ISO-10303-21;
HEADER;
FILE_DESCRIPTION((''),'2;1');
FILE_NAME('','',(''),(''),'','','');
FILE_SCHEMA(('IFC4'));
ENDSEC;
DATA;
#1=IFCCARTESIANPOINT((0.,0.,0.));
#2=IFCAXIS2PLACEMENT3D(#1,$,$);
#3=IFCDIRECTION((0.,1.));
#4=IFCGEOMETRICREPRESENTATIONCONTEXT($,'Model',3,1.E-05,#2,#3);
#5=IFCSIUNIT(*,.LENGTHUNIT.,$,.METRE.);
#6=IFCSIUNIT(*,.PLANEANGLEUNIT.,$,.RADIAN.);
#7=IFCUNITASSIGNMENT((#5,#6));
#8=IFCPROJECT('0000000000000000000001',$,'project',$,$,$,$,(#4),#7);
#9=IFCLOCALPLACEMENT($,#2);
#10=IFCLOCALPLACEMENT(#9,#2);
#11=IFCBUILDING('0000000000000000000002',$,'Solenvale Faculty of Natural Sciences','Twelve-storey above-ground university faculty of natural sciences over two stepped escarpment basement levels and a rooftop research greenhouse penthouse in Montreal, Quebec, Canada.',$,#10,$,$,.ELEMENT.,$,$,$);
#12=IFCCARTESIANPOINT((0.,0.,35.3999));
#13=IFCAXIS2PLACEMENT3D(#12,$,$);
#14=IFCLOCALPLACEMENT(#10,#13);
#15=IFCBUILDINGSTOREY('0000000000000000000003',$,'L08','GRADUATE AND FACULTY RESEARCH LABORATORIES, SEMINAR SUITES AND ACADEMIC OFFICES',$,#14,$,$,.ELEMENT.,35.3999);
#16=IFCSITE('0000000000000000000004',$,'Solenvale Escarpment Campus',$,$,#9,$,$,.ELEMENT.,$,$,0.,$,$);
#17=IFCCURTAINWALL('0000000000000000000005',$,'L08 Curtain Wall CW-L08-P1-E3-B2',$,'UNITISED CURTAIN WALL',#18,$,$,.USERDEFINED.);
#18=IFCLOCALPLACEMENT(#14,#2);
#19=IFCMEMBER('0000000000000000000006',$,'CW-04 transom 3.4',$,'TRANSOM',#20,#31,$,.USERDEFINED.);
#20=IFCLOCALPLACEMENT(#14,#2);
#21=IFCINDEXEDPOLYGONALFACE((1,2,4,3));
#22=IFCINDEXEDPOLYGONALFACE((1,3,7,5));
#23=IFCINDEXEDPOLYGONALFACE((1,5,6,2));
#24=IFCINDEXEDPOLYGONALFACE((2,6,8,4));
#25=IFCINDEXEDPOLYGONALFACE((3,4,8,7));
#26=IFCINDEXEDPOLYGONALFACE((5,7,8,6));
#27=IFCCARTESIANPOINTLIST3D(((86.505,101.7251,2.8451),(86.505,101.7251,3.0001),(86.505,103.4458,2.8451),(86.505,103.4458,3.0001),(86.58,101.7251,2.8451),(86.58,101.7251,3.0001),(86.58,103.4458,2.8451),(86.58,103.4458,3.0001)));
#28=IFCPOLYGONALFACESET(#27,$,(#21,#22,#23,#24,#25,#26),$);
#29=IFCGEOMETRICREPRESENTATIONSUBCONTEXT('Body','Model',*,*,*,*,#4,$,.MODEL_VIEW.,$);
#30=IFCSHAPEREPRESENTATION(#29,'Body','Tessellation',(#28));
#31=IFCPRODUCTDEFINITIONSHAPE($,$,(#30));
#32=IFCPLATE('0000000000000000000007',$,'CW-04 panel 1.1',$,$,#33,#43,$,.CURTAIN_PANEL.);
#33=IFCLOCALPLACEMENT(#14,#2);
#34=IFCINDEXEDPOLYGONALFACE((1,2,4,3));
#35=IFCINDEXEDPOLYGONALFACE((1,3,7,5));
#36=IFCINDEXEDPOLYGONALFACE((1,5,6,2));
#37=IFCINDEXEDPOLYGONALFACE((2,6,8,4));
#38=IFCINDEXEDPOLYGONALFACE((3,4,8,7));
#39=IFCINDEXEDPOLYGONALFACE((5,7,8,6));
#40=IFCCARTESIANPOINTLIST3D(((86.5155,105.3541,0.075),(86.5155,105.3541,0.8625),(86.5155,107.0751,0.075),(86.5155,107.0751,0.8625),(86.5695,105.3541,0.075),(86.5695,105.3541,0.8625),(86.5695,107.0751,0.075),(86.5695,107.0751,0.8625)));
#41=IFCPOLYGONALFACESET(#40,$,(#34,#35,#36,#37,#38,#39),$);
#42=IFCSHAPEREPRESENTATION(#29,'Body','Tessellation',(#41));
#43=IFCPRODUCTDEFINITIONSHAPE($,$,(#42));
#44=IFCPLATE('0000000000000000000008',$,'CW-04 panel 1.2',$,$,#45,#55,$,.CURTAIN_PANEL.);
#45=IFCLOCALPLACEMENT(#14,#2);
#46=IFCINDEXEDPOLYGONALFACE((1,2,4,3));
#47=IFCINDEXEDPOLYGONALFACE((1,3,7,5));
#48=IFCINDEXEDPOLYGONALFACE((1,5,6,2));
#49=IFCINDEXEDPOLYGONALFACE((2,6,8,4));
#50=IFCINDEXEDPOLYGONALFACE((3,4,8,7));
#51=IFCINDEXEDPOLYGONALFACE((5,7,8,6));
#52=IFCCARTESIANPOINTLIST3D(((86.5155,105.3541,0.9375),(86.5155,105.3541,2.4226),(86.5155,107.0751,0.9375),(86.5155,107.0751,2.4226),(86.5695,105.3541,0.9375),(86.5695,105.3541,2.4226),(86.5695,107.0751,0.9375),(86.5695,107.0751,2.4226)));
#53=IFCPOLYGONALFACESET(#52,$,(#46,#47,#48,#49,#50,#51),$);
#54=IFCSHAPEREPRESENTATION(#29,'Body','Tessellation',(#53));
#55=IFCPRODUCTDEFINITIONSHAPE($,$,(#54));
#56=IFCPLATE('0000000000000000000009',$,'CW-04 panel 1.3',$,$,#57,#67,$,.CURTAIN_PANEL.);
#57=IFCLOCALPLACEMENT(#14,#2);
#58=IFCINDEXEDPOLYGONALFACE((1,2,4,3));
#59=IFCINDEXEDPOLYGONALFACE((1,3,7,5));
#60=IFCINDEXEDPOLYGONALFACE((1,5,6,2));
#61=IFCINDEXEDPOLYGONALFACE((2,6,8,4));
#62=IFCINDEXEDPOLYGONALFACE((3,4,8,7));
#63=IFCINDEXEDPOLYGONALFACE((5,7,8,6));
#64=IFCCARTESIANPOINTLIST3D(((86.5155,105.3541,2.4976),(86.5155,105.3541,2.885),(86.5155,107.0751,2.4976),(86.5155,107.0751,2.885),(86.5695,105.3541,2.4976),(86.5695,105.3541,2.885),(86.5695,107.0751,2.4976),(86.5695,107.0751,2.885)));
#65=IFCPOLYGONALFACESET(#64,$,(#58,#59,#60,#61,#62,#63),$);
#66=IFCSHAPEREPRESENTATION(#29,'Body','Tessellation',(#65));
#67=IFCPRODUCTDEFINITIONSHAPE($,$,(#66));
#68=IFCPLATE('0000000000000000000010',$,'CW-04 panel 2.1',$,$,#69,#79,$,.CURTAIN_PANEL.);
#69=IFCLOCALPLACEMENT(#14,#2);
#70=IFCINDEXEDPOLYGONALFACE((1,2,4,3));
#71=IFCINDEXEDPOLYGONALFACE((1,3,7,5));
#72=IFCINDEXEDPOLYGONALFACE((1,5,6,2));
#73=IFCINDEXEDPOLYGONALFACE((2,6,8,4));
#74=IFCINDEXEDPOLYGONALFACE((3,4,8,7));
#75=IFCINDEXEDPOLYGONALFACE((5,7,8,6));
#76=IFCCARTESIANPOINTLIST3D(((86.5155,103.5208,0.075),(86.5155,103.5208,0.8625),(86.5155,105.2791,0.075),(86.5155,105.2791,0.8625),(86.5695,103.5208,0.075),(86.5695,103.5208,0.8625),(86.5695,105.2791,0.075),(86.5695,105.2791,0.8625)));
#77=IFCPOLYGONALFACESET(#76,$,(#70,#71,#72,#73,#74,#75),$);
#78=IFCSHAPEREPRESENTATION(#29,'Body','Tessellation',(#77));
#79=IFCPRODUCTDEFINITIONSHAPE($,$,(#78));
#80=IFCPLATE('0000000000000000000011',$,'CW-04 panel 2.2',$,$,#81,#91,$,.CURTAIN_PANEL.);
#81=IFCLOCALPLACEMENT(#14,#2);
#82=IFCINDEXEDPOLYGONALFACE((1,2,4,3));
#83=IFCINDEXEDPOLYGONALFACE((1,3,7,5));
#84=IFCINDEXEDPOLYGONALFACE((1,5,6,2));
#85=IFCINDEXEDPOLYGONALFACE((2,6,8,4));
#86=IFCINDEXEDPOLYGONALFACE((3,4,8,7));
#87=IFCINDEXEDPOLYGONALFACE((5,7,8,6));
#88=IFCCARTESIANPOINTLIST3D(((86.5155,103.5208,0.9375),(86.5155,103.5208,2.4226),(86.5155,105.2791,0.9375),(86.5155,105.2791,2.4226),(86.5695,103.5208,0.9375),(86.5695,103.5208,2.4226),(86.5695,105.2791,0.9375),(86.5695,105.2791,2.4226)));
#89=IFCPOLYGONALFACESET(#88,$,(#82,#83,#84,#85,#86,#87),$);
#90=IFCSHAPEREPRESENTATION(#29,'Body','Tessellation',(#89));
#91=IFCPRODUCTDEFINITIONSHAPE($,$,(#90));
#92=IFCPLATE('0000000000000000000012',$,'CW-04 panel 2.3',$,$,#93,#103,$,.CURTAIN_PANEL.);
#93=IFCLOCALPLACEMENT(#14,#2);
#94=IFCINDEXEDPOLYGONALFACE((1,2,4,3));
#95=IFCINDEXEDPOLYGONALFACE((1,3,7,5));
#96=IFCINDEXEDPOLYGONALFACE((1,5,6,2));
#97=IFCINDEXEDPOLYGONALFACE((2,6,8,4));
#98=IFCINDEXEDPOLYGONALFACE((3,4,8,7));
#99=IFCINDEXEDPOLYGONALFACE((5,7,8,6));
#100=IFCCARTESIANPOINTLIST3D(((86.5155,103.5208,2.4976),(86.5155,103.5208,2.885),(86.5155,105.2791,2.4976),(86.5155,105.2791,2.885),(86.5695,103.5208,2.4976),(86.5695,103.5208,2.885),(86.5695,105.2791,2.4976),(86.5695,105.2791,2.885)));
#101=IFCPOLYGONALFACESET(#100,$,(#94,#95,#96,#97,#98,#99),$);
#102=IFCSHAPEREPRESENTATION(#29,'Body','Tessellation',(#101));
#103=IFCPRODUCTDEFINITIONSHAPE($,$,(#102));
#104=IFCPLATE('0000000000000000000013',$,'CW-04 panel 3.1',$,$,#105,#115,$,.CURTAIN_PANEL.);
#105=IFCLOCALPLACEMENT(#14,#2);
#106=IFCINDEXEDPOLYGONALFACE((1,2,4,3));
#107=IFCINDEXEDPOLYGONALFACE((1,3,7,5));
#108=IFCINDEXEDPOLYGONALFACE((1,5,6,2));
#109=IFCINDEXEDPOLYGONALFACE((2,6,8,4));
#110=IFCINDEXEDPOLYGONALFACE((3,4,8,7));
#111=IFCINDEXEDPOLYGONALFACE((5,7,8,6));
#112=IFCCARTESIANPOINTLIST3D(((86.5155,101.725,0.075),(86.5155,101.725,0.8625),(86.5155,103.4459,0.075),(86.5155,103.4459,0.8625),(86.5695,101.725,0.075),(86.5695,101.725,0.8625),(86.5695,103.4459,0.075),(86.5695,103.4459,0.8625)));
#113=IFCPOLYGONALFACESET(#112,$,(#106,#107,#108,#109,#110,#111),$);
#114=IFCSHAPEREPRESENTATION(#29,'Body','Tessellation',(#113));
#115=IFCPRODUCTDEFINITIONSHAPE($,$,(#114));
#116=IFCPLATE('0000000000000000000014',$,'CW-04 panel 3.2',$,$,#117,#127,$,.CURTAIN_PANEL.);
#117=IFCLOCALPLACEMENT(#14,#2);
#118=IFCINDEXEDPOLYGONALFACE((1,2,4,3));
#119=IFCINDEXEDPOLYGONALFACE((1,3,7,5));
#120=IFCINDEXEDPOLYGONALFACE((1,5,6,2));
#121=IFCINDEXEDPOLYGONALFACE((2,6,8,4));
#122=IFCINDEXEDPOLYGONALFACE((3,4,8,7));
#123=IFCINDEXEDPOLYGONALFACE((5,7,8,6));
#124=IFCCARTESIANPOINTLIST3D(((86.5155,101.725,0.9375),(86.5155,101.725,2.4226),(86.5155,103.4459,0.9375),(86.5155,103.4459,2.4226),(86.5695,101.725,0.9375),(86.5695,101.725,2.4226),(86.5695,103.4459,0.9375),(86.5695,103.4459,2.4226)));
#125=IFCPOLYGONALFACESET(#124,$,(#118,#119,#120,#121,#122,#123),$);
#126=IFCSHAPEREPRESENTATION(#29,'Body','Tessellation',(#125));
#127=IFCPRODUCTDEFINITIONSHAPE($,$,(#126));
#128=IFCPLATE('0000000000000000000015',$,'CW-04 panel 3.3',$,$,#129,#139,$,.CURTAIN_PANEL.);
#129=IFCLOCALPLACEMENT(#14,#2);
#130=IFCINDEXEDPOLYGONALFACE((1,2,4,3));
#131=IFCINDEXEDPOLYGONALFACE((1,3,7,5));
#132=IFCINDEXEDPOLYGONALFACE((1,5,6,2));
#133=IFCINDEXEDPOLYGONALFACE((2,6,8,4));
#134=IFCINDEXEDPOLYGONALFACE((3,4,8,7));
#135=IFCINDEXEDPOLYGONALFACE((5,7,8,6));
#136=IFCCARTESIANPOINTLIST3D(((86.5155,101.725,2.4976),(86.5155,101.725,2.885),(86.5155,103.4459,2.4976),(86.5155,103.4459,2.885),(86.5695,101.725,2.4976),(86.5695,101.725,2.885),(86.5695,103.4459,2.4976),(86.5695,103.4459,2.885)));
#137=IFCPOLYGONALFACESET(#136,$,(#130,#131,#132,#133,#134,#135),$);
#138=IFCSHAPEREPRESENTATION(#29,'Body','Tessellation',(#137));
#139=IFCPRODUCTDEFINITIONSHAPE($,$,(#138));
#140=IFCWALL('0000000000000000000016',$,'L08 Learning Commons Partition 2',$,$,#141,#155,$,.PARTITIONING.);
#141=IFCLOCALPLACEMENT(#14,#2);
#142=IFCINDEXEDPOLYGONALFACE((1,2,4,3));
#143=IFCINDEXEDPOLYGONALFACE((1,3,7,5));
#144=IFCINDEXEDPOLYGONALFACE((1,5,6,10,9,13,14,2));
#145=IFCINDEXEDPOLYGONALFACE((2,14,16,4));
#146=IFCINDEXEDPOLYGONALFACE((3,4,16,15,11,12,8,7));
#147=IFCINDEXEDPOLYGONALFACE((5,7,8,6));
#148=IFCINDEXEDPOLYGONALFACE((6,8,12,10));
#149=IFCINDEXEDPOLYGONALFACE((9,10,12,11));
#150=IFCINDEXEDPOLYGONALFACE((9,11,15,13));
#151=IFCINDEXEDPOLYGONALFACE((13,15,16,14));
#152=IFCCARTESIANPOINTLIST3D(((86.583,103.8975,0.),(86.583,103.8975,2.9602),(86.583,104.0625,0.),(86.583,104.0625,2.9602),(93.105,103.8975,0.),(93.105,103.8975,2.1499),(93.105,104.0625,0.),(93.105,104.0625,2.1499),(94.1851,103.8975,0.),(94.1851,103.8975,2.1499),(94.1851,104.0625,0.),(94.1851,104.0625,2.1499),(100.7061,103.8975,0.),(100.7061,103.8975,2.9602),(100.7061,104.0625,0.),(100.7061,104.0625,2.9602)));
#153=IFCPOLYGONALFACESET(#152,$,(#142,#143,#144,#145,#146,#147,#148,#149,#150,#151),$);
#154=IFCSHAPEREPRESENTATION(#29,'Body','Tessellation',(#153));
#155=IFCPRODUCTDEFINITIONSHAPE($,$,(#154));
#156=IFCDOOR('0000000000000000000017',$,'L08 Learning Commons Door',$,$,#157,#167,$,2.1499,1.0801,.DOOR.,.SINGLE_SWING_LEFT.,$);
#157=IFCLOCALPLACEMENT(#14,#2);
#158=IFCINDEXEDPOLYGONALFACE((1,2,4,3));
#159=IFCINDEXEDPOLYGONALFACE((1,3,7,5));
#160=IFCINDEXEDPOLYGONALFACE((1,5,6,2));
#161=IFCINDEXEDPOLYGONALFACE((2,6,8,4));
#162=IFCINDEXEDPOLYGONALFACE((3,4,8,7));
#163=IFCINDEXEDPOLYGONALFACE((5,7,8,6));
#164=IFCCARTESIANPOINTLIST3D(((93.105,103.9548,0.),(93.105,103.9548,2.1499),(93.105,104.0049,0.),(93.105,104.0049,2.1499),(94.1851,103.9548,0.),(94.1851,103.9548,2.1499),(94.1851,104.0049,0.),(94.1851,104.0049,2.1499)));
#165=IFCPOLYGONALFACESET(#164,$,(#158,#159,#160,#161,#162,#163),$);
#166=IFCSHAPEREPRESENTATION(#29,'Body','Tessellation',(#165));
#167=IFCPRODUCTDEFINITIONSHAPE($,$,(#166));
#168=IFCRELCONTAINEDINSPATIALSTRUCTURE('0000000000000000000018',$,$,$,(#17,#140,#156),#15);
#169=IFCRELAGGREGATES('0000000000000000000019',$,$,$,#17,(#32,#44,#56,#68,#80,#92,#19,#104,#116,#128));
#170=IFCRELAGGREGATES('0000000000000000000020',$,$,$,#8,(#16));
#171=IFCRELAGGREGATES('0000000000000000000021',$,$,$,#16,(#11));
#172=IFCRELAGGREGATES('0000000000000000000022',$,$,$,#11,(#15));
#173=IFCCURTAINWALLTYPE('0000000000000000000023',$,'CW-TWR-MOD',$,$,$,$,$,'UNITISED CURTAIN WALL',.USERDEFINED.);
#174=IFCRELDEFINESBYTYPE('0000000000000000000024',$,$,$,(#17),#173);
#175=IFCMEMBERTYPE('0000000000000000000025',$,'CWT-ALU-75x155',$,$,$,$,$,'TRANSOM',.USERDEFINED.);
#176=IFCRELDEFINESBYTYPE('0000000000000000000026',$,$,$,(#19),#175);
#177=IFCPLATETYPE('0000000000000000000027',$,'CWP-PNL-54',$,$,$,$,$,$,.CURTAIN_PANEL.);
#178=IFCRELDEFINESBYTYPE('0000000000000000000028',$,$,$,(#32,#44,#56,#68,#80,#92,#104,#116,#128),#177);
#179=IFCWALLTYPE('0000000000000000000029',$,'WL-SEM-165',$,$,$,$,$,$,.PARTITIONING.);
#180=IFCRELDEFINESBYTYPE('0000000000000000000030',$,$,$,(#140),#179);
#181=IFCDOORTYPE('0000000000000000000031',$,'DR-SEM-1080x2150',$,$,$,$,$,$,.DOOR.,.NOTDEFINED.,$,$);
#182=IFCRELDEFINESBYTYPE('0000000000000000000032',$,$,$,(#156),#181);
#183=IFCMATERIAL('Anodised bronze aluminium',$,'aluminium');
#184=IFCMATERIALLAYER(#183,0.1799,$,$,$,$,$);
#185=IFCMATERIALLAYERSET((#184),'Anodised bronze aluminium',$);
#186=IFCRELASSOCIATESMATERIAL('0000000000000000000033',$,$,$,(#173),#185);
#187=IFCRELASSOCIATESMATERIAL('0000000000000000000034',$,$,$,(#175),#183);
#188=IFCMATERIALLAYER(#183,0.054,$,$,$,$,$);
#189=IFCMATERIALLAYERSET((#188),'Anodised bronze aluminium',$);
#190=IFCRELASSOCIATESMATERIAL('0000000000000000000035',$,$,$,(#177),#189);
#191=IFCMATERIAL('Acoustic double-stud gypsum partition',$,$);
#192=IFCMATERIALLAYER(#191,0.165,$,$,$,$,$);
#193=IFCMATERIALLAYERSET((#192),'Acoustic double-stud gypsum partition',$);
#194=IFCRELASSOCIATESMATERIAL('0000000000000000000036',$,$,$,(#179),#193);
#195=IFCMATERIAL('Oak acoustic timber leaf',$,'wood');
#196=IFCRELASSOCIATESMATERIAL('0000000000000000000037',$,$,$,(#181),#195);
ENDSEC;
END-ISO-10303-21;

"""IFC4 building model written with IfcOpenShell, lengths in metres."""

from ifc_helpers import new_model, si_unit, direction, frame, frame_2d, origin, origin_2d, place, context, subcontext, project, spatial, rectangle, extrude, material, layer, layer_set, material_profile, profile_set, type_object, element, fill, aggregate, save


model = new_model("IFC4")

# Units and contexts
model_context = context("Model", 3, precision=1e-05, world=origin(), true_north=direction((0.0, 1.0)))
body_context = subcontext(model_context, "Body", "Model", "MODEL_VIEW")
ifc_project = project(units=[si_unit("LENGTHUNIT", "METRE"), si_unit("PLANEANGLEUNIT", "RADIAN")], contexts=[model_context])

# Site, building, storey
site_placement = place(None, origin())
site = spatial("IfcSite", under=ifc_project, at=site_placement, Name="Solenvale Escarpment Campus", CompositionType="ELEMENT", RefElevation=0.0)
building_placement = place(site_placement, origin())
building = spatial("IfcBuilding", under=site, at=building_placement, Name="Solenvale Faculty of Natural Sciences", Description="Twelve-storey above-ground university faculty of natural sciences over two stepped escarpment basement levels and a rooftop research greenhouse penthouse in Montreal, Quebec, Canada.", CompositionType="ELEMENT")
storey_placement = place(building_placement, frame((0.0, 0.0, 35.3999)))
storey = spatial("IfcBuildingStorey", under=building, at=storey_placement, Name="L08", Description="GRADUATE AND FACULTY RESEARCH LABORATORIES, SEMINAR SUITES AND ACADEMIC OFFICES", CompositionType="ELEMENT", Elevation=35.3999)

# Curtain wall, member, plates
ifc_material_1 = material(Name="Anodised bronze aluminium", Category="aluminium")
ifc_layer_1 = layer(ifc_material_1, 0.1799)
ifc_layer_set_1 = layer_set([ifc_layer_1], Name="Anodised bronze aluminium")
curtain_wall_type = type_object("IfcCurtainWallType", Name="CW-TWR-MOD", ElementType="UNITISED CURTAIN WALL", PredefinedType="USERDEFINED", material=ifc_layer_set_1)
curtain_wall_placement = place(storey_placement, origin())
curtain_wall = element("IfcCurtainWall", 1, at=curtain_wall_placement, inside=storey, type_object=curtain_wall_type, Name="L08 Curtain Wall CW-L08-P1-E3-B2", ObjectType="UNITISED CURTAIN WALL", PredefinedType="USERDEFINED")
ifc_material_profile_1 = material_profile(ifc_material_1, rectangle(XDim=0.075, YDim=0.155, at=origin_2d()), Name="ALU-TRN-75x155")
ifc_profile_set_1 = profile_set([ifc_material_profile_1], Name="Anodised bronze aluminium")
member_type_1 = type_object("IfcMemberType", Name="CWT-ALU-75x155", ElementType="TRANSOM", PredefinedType="USERDEFINED", material=ifc_profile_set_1)
member_1_placement = place(storey_placement, frame((86.5425, 103.4458, 2.9226), z_axis=(0.0, -1.0, 0.0), x_axis=(1.0, 0.0, 0.0)))
member_1 = element("IfcMember", 2, at=member_1_placement, type_object=member_type_1, Name="CW-04 transom 3.4", ObjectType="TRANSOM", PredefinedType="USERDEFINED", context=body_context, shape_type="SweptSolid", body=[
    extrude(rectangle(XDim=0.075, YDim=0.155, at=origin_2d()), origin(), (0.0, 0.0, 1.0), 1.7207),
])
ifc_layer_2 = layer(ifc_material_1, 0.054)
ifc_layer_set_2 = layer_set([ifc_layer_2], Name="Anodised bronze aluminium")
plate_type = type_object("IfcPlateType", Name="CWP-PNL-54", PredefinedType="CURTAIN_PANEL", material=ifc_layer_set_2)
plate_1_placement = place(storey_placement, frame((86.5425, 106.2146, 0.075), z_axis=(0.0, 0.0, 1.0), x_axis=(0.0, -1.0, 0.0)))
plate_1 = element("IfcPlate", 3, at=plate_1_placement, type_object=plate_type, Name="CW-04 panel 1.1", PredefinedType="CURTAIN_PANEL", context=body_context, shape_type="SweptSolid", body=[
    extrude(rectangle(XDim=1.7209, YDim=0.054, at=origin_2d()), origin(), (0.0, 0.0, 1.0), 0.7876),
])
plate_2_placement = place(storey_placement, frame((86.5425, 106.2146, 0.9375), z_axis=(0.0, 0.0, 1.0), x_axis=(0.0, -1.0, 0.0)))
plate_2 = element("IfcPlate", 4, at=plate_2_placement, type_object=plate_type, Name="CW-04 panel 1.2", PredefinedType="CURTAIN_PANEL", context=body_context, shape_type="SweptSolid", body=[
    extrude(rectangle(XDim=1.7209, YDim=0.054, at=origin_2d()), origin(), (0.0, 0.0, 1.0), 1.4851),
])
plate_3_placement = place(storey_placement, frame((86.5425, 106.2146, 2.4976), z_axis=(0.0, 0.0, 1.0), x_axis=(0.0, -1.0, 0.0)))
plate_3 = element("IfcPlate", 5, at=plate_3_placement, type_object=plate_type, Name="CW-04 panel 1.3", PredefinedType="CURTAIN_PANEL", context=body_context, shape_type="SweptSolid", body=[
    extrude(rectangle(XDim=1.7209, YDim=0.054, at=origin_2d()), origin(), (0.0, 0.0, 1.0), 0.3875),
])
plate_4_placement = place(storey_placement, frame((86.5425, 104.3999, 0.075), z_axis=(0.0, 0.0, 1.0), x_axis=(0.0, -1.0, 0.0)))
plate_4 = element("IfcPlate", 6, at=plate_4_placement, type_object=plate_type, Name="CW-04 panel 2.1", PredefinedType="CURTAIN_PANEL", context=body_context, shape_type="SweptSolid", body=[
    extrude(rectangle(XDim=1.7583, YDim=0.054, at=origin_2d()), origin(), (0.0, 0.0, 1.0), 0.7876),
])
plate_5_placement = place(storey_placement, frame((86.5425, 104.3999, 0.9375), z_axis=(0.0, 0.0, 1.0), x_axis=(0.0, -1.0, 0.0)))
plate_5 = element("IfcPlate", 7, at=plate_5_placement, type_object=plate_type, Name="CW-04 panel 2.2", PredefinedType="CURTAIN_PANEL", context=body_context, shape_type="SweptSolid", body=[
    extrude(rectangle(XDim=1.7583, YDim=0.054, at=origin_2d()), origin(), (0.0, 0.0, 1.0), 1.4851),
])
plate_6_placement = place(storey_placement, frame((86.5425, 104.3999, 2.4976), z_axis=(0.0, 0.0, 1.0), x_axis=(0.0, -1.0, 0.0)))
plate_6 = element("IfcPlate", 8, at=plate_6_placement, type_object=plate_type, Name="CW-04 panel 2.3", PredefinedType="CURTAIN_PANEL", context=body_context, shape_type="SweptSolid", body=[
    extrude(rectangle(XDim=1.7583, YDim=0.054, at=origin_2d()), origin(), (0.0, 0.0, 1.0), 0.3875),
])
plate_7_placement = place(storey_placement, frame((86.5425, 102.5854, 0.075), z_axis=(0.0, 0.0, 1.0), x_axis=(0.0, -1.0, 0.0)))
plate_7 = element("IfcPlate", 9, at=plate_7_placement, type_object=plate_type, Name="CW-04 panel 3.1", PredefinedType="CURTAIN_PANEL", context=body_context, shape_type="SweptSolid", body=[
    extrude(rectangle(XDim=1.7209, YDim=0.054, at=origin_2d()), origin(), (0.0, 0.0, 1.0), 0.7876),
])
plate_8_placement = place(storey_placement, frame((86.5425, 102.5854, 0.9375), z_axis=(0.0, 0.0, 1.0), x_axis=(0.0, -1.0, 0.0)))
plate_8 = element("IfcPlate", 10, at=plate_8_placement, type_object=plate_type, Name="CW-04 panel 3.2", PredefinedType="CURTAIN_PANEL", context=body_context, shape_type="SweptSolid", body=[
    extrude(rectangle(XDim=1.7209, YDim=0.054, at=origin_2d()), origin(), (0.0, 0.0, 1.0), 1.4851),
])
plate_9_placement = place(storey_placement, frame((86.5425, 102.5854, 2.4976), z_axis=(0.0, 0.0, 1.0), x_axis=(0.0, -1.0, 0.0)))
plate_9 = element("IfcPlate", 11, at=plate_9_placement, type_object=plate_type, Name="CW-04 panel 3.3", PredefinedType="CURTAIN_PANEL", context=body_context, shape_type="SweptSolid", body=[
    extrude(rectangle(XDim=1.7209, YDim=0.054, at=origin_2d()), origin(), (0.0, 0.0, 1.0), 0.3875),
])
aggregate(curtain_wall, [plate_1, plate_2, plate_3, plate_4, plate_5, plate_6, member_1, plate_7, plate_8, plate_9])

# Wall, opening, door
ifc_material_2 = material(Name="Acoustic double-stud gypsum partition")
ifc_layer_3 = layer(ifc_material_2, 0.165)
ifc_layer_set_3 = layer_set([ifc_layer_3], Name="Acoustic double-stud gypsum partition")
wall_type = type_object("IfcWallType", Name="WL-SEM-165", PredefinedType="PARTITIONING", material=ifc_layer_set_3)
wall_placement = place(storey_placement, frame((86.583, 103.98, 0.0), z_axis=(0.0, 0.0, 1.0), x_axis=(1.0, 0.0, 0.0)))
wall = element("IfcWall", 12, at=wall_placement, inside=storey, type_object=wall_type, Name="L08 Learning Commons Partition 2", PredefinedType="PARTITIONING", context=body_context, shape_type="SweptSolid", body=[
    extrude(rectangle(XDim=14.123, YDim=0.165, at=frame_2d((7.0615, 0.0))), origin(), (0.0, 0.0, 1.0), 2.9602),
])
opening_placement = place(wall_placement, frame((6.522, 0.0, 0.0)))
opening = element("IfcOpeningElement", 13, at=opening_placement, cuts=wall, PredefinedType="OPENING", context=body_context, shape_type="SweptSolid", body=[
    extrude(rectangle(XDim=1.0801, YDim=2.1499, at=frame_2d((0.54, 1.075))), frame((0.0, 0.0925, 0.0), z_axis=(0.0, -1.0, 0.0), x_axis=(1.0, 0.0, 0.0)), (0.0, 0.0, 1.0), 0.1851),
])
ifc_material_3 = material(Name="Oak acoustic timber leaf", Category="wood")
door_type = type_object("IfcDoorType", Name="DR-SEM-1080x2150", OperationType="NOTDEFINED", PredefinedType="DOOR", material=ifc_material_3)
door_placement = place(opening_placement, origin())
door = element("IfcDoor", 14, at=door_placement, inside=storey, type_object=door_type, Name="L08 Learning Commons Door", OperationType="SINGLE_SWING_LEFT", OverallHeight=2.1499, OverallWidth=1.0801, PredefinedType="DOOR", context=body_context, shape_type="SweptSolid", body=[
    extrude(rectangle(XDim=1.0801, YDim=2.1499, at=frame_2d((0.54, 1.075))), frame((0.0, 0.0249, 0.0), z_axis=(0.0, -1.0, 0.0), x_axis=(1.0, 0.0, 0.0)), (0.0, 0.0, 1.0), 0.05),
])
fill(opening, door)

save(model, "model.ifc")
